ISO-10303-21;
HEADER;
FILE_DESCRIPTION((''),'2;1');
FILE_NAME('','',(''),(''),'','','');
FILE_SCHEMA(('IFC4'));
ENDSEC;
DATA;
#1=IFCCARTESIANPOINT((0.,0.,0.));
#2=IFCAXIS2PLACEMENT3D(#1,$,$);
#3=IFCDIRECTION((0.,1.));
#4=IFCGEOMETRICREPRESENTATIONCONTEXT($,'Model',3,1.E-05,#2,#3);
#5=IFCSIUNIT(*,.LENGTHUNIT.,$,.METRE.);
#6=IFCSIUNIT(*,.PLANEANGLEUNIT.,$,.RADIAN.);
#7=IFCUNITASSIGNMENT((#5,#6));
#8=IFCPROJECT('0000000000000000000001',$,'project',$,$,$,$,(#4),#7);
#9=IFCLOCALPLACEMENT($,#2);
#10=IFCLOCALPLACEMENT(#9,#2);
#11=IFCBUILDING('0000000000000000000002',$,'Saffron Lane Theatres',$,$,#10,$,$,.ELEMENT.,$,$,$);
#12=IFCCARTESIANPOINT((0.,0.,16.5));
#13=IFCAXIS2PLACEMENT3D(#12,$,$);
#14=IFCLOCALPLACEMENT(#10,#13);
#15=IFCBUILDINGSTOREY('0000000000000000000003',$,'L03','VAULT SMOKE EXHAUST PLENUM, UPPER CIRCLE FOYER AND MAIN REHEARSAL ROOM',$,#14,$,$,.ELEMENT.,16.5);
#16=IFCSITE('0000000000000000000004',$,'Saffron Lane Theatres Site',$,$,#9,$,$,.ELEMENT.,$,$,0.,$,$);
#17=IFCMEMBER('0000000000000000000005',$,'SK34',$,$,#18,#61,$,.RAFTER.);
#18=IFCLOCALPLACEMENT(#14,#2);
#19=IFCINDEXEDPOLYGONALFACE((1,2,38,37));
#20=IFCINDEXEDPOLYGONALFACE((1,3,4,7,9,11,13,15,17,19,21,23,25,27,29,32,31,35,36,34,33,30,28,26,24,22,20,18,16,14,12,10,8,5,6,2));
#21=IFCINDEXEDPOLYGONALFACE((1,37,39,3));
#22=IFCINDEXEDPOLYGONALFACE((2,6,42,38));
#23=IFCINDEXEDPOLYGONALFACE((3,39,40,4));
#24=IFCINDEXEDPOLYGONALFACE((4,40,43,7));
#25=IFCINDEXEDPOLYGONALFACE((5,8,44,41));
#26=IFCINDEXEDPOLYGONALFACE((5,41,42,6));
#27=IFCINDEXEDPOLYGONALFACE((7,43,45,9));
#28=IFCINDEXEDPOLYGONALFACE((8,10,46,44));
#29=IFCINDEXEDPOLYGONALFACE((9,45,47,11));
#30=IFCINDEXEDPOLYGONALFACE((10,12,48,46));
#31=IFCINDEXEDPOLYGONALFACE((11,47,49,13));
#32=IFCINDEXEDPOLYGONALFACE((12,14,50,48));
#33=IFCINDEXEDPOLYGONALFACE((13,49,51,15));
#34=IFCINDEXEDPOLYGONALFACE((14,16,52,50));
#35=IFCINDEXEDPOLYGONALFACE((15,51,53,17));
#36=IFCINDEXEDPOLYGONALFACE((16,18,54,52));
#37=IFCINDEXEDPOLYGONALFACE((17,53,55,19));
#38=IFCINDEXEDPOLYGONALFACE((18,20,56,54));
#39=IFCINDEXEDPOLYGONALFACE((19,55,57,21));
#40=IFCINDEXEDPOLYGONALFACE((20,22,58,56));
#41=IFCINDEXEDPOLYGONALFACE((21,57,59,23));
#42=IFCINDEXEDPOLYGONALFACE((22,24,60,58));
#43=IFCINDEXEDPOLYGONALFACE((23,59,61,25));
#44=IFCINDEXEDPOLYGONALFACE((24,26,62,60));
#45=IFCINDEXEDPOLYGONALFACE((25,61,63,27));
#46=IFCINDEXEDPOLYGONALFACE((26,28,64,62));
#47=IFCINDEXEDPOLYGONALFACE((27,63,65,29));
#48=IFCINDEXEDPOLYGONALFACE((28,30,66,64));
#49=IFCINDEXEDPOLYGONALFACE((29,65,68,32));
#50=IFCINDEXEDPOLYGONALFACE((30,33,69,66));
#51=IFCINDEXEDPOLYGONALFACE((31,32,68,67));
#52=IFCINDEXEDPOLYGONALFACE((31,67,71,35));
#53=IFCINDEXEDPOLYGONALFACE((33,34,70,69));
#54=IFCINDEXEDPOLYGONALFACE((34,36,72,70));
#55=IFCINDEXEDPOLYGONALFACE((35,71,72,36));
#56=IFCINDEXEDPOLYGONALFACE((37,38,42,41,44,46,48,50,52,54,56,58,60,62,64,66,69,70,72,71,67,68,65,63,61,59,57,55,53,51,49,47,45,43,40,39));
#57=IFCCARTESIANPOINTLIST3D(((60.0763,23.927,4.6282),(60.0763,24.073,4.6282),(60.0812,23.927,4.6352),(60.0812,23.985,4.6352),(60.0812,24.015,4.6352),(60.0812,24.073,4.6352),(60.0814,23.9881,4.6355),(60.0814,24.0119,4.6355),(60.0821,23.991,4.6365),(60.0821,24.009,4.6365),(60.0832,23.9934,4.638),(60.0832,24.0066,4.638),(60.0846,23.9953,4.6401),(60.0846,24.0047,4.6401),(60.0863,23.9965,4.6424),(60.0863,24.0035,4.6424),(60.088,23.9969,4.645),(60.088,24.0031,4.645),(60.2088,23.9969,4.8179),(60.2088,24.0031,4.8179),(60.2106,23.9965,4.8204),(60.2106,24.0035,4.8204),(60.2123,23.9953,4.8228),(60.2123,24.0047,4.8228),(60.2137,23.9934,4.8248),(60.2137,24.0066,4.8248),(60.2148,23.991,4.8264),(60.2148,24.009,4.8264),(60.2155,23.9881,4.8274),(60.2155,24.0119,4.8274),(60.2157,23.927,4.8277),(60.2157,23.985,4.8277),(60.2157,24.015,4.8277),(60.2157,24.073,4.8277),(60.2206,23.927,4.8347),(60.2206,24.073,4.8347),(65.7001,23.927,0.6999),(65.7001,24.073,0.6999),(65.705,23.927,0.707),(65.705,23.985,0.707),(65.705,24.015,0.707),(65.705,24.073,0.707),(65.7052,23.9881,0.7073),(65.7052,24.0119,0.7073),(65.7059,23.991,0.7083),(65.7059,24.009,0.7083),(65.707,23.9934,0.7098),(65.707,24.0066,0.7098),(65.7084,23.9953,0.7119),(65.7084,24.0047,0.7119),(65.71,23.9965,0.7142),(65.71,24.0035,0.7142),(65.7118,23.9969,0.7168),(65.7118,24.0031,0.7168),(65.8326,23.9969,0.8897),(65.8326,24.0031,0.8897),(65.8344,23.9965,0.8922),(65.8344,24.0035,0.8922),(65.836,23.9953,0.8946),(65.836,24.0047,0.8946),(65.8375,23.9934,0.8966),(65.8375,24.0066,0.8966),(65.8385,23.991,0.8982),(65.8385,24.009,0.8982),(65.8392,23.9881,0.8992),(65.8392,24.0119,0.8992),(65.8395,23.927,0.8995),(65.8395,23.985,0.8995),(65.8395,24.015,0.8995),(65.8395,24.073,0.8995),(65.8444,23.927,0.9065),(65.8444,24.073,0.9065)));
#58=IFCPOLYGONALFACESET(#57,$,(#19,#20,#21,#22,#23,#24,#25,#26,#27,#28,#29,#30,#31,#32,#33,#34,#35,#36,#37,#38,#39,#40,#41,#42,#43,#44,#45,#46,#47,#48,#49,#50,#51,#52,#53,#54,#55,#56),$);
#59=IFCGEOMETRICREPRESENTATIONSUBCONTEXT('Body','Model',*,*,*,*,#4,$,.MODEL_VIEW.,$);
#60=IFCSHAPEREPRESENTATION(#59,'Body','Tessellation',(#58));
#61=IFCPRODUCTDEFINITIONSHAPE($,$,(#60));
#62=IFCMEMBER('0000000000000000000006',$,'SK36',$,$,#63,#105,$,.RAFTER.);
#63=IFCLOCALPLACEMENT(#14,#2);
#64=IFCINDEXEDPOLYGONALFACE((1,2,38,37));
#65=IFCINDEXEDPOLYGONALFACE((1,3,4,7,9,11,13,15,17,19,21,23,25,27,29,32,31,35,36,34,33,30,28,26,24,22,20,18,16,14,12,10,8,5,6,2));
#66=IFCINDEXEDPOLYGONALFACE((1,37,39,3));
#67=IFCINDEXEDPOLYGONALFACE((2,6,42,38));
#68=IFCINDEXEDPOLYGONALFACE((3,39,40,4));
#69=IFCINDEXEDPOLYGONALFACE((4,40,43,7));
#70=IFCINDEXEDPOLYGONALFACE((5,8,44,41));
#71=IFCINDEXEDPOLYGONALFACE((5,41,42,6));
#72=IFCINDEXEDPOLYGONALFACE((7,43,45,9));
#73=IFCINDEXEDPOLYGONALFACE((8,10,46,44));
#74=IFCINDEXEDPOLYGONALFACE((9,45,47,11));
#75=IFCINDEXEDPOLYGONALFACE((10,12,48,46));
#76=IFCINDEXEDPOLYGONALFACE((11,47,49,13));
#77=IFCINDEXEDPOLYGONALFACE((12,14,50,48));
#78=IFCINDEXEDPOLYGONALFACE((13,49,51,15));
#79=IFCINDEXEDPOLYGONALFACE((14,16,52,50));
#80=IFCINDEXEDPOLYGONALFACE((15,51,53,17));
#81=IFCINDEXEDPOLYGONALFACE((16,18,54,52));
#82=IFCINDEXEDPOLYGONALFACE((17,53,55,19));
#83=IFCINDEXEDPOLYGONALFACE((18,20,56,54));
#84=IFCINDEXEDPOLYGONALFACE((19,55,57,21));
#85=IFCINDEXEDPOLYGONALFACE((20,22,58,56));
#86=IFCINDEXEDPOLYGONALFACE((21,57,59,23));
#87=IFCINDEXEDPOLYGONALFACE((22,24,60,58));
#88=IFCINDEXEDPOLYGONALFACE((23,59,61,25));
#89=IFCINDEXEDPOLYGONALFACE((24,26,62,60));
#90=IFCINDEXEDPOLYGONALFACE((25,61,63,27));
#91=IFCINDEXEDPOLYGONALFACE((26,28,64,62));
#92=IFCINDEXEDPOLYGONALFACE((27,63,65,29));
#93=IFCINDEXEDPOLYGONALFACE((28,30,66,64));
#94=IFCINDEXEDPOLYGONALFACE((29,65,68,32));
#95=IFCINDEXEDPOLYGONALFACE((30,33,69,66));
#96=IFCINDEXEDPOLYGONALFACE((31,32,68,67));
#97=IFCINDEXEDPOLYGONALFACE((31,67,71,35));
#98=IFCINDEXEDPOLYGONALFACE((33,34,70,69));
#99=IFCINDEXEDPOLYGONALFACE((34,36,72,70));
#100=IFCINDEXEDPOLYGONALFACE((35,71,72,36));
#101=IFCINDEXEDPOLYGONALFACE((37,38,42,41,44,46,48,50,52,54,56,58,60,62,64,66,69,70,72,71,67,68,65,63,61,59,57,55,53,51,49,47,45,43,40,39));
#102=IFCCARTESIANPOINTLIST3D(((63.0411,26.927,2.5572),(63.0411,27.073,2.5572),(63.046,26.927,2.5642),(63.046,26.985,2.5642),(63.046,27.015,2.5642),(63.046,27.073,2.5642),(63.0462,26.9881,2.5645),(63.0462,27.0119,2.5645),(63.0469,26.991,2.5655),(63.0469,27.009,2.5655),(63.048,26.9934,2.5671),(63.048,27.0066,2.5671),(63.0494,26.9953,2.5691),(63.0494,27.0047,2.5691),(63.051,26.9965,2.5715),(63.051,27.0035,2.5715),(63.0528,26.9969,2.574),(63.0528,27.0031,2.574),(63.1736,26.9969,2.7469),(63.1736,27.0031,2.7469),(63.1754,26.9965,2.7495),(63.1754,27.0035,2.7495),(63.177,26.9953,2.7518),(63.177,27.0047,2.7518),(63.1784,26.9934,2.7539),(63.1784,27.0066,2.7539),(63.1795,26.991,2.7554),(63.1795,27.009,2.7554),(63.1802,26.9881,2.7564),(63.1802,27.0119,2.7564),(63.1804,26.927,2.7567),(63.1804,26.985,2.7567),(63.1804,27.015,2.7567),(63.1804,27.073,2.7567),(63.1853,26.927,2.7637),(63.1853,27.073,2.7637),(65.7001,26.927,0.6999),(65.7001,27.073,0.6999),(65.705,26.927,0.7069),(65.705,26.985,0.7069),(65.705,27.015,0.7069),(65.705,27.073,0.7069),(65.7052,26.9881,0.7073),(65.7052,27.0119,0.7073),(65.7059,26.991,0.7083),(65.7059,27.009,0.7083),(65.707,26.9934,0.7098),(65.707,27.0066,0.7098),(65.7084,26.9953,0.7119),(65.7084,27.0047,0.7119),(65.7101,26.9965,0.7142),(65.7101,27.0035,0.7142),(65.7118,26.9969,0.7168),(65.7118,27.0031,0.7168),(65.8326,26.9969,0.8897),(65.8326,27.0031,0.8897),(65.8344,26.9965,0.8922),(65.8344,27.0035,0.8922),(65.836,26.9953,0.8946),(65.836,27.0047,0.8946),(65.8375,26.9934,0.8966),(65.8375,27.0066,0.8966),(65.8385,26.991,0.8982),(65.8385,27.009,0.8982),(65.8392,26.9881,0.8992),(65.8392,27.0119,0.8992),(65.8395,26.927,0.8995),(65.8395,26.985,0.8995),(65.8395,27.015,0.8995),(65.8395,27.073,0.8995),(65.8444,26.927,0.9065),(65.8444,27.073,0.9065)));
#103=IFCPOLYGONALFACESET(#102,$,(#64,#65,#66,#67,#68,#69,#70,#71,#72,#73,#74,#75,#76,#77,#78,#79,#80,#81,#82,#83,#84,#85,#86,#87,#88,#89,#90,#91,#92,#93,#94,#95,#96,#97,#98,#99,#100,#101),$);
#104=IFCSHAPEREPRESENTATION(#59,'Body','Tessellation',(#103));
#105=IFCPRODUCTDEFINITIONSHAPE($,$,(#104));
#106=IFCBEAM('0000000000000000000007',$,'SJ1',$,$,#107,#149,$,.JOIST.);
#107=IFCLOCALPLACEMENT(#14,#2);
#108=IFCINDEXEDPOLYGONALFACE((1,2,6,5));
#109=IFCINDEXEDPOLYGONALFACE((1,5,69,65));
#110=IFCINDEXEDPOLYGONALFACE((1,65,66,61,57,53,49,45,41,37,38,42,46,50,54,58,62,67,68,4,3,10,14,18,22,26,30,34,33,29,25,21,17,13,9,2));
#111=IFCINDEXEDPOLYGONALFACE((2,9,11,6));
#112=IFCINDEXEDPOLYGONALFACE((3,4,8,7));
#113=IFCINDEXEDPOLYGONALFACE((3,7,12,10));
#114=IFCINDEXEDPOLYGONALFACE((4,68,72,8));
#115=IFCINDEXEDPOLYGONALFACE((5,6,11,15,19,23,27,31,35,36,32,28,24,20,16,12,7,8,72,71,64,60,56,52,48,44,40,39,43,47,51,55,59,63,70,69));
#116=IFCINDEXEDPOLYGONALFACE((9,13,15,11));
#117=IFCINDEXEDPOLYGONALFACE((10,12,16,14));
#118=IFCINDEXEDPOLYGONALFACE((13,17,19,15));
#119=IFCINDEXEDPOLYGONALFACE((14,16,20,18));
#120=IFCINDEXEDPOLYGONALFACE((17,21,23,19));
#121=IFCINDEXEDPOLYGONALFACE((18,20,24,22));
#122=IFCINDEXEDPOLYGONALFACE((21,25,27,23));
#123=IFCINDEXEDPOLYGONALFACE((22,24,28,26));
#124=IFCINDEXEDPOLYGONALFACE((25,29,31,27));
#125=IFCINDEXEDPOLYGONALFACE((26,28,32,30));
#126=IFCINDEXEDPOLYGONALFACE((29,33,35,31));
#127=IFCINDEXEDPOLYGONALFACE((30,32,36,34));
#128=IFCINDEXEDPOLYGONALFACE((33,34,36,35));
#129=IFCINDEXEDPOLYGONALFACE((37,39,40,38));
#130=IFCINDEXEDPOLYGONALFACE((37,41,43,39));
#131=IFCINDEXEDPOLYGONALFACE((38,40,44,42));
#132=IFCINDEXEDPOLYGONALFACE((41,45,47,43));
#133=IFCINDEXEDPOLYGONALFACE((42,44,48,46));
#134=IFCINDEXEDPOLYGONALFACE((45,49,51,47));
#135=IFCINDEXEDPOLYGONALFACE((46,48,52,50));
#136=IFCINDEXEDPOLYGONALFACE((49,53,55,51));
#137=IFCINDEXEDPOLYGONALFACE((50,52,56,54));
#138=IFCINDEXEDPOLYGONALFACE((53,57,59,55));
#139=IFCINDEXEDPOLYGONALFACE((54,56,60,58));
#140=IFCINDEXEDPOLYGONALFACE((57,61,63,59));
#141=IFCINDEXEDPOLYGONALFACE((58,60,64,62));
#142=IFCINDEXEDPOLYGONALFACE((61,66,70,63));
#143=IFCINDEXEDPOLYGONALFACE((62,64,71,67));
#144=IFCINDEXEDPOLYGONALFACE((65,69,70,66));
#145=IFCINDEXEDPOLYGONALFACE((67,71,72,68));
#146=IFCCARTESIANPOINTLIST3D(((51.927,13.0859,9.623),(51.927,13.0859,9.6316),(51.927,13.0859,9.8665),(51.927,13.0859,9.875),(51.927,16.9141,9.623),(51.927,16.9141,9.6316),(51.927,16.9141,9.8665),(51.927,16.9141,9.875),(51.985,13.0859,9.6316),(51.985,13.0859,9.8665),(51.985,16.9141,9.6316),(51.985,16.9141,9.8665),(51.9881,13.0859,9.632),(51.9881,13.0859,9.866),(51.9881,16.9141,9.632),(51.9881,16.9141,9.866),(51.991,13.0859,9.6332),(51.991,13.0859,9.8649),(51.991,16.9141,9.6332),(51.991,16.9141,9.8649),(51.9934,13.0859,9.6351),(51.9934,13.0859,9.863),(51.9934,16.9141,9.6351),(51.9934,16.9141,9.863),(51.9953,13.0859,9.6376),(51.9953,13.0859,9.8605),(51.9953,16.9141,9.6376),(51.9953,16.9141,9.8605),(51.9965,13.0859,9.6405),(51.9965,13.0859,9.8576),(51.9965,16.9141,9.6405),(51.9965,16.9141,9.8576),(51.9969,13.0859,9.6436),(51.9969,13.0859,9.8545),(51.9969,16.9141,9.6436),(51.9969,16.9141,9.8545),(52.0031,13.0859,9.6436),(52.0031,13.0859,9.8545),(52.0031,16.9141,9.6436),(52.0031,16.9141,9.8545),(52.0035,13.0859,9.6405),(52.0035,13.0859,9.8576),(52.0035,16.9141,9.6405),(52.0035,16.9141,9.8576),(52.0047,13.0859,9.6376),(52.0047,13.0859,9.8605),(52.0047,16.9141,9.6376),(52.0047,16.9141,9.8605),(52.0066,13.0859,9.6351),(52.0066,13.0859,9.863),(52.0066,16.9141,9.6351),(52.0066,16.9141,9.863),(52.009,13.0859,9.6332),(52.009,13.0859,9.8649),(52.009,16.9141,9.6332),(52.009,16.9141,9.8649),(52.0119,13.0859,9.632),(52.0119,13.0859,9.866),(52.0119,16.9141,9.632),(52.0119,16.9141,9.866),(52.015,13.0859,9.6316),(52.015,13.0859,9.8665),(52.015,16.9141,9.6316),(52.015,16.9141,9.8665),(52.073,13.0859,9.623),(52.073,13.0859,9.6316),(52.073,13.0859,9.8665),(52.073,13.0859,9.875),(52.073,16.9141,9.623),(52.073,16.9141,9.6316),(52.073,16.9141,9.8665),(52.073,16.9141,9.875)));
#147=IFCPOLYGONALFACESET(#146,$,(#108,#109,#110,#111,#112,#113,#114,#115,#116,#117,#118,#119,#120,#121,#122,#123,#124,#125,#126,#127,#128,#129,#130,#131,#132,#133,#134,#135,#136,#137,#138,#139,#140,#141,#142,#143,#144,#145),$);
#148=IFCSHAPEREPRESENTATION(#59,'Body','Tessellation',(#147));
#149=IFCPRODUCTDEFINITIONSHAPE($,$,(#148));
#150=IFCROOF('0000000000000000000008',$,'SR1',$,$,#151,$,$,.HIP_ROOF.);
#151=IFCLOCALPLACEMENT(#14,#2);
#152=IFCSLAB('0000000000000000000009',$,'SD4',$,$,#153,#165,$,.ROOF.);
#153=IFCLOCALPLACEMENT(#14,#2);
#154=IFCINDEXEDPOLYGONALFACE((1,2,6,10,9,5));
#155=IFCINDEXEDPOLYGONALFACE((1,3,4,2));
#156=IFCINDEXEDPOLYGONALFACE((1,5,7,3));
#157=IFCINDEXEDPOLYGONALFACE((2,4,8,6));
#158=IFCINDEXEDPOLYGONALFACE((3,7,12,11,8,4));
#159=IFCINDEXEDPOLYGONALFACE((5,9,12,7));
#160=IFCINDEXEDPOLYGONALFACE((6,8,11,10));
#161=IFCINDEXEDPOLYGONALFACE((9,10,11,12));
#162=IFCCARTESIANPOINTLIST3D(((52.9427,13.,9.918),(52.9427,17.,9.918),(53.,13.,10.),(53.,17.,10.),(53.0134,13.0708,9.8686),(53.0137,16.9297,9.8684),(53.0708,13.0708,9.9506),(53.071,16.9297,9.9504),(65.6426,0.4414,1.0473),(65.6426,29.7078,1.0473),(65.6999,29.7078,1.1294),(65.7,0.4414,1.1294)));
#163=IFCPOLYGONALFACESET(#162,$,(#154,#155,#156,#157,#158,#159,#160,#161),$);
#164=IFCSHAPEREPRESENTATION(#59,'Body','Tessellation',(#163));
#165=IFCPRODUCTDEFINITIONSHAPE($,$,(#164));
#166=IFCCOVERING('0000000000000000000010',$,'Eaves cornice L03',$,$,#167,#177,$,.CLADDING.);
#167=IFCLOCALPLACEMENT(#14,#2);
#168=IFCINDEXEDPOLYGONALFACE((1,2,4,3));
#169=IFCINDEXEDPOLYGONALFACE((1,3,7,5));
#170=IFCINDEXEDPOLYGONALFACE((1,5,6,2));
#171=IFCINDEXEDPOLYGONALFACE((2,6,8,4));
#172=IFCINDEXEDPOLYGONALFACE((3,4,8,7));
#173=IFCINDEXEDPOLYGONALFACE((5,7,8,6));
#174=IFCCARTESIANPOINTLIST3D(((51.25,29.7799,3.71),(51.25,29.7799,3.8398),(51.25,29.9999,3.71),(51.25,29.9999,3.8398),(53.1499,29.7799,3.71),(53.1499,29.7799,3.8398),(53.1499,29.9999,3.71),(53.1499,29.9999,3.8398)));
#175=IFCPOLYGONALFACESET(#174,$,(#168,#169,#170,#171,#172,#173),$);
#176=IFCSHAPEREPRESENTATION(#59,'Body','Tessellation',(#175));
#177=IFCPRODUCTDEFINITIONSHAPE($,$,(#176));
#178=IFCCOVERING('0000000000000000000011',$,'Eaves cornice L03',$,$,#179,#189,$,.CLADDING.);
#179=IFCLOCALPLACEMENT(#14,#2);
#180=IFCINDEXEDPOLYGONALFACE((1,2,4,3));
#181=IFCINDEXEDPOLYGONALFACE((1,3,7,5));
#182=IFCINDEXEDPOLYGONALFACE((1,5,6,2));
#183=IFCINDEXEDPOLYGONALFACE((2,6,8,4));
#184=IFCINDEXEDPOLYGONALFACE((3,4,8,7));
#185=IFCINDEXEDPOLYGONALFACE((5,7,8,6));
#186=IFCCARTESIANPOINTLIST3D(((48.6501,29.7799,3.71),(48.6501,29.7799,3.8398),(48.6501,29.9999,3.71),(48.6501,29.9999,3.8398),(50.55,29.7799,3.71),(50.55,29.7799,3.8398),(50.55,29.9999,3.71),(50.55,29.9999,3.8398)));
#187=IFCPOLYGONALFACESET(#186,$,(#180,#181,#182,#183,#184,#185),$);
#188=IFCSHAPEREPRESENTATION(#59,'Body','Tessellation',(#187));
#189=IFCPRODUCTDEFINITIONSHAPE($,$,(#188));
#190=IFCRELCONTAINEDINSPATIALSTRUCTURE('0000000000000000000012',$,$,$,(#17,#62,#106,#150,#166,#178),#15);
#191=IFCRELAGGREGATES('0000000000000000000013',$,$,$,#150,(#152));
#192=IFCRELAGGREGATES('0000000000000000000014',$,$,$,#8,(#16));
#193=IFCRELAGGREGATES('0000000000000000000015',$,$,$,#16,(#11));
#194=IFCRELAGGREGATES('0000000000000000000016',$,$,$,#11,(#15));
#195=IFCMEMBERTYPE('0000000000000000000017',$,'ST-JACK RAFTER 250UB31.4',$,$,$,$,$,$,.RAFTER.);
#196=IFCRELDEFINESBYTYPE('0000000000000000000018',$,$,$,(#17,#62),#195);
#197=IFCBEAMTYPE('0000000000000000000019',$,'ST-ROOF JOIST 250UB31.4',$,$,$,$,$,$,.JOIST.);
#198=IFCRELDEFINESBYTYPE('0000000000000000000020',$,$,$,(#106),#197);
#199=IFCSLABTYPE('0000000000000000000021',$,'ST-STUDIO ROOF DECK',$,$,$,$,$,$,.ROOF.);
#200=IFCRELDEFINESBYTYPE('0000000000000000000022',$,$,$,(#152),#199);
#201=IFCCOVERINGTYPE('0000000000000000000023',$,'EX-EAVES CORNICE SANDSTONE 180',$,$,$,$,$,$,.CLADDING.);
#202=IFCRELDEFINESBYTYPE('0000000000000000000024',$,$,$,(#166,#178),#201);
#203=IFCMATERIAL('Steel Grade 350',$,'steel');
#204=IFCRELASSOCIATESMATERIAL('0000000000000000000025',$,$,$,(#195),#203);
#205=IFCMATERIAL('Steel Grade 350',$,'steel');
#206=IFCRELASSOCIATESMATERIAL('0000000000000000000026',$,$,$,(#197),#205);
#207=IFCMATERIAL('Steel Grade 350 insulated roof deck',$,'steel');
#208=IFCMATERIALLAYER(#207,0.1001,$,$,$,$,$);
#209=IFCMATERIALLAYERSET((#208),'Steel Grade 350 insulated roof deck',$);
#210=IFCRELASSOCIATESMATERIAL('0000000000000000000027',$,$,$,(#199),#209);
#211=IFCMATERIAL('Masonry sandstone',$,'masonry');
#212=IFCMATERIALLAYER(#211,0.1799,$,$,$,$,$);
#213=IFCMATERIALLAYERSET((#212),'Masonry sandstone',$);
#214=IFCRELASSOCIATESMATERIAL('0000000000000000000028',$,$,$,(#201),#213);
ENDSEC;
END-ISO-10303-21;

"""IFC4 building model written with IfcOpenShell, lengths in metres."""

from ifc_helpers import new_model, si_unit, direction, frame, origin, origin_2d, place, context, subcontext, project, spatial, polyline, rectangle, i_section, outline, extrude, material, layer, layer_set, material_profile, profile_set, type_object, element, aggregate, save


model = new_model("IFC4")

# Units and contexts
model_context = context("Model", 3, precision=1e-05, world=origin(), true_north=direction((0.0, 1.0)))
body_context = subcontext(model_context, "Body", "Model", "MODEL_VIEW")
ifc_project = project(units=[si_unit("LENGTHUNIT", "METRE"), si_unit("PLANEANGLEUNIT", "RADIAN")], contexts=[model_context])

# Site, building, storey
site_placement = place(None, origin())
site = spatial("IfcSite", under=ifc_project, at=site_placement, Name="Saffron Lane Theatres Site", CompositionType="ELEMENT", RefElevation=0.0)
building_placement = place(site_placement, origin())
building = spatial("IfcBuilding", under=site, at=building_placement, Name="Saffron Lane Theatres", CompositionType="ELEMENT")
storey_placement = place(building_placement, frame((0.0, 0.0, 16.5)))
storey = spatial("IfcBuildingStorey", under=building, at=storey_placement, Name="L03", Description="VAULT SMOKE EXHAUST PLENUM, UPPER CIRCLE FOYER AND MAIN REHEARSAL ROOM", CompositionType="ELEMENT", Elevation=16.5)

# Members
ifc_material_1 = material(Name="Steel Grade 350", Category="steel")
ifc_material_profile_1 = material_profile(ifc_material_1, i_section(OverallWidth=0.146, OverallDepth=0.252, WebThickness=0.0061, FlangeThickness=0.0085, FilletRadius=0.012, at=origin_2d()))
ifc_profile_set_1 = profile_set([ifc_material_profile_1], Name="Steel Grade 350")
member_type_1 = type_object("IfcMemberType", Name="ST-JACK RAFTER 250UB31.4", PredefinedType="RAFTER", material=ifc_profile_set_1)
member_1_placement = place(storey_placement, frame((65.7722, 24.0, 0.8032), z_axis=(-0.819808, 0.0, 0.572638), x_axis=(0.0, -1.0, 0.0)))
element("IfcMember", 1, at=member_1_placement, inside=storey, type_object=member_type_1, Name="SK34", PredefinedType="RAFTER", context=body_context, shape_type="SweptSolid", body=[
    extrude(i_section(OverallWidth=0.146, OverallDepth=0.252, WebThickness=0.0061, FlangeThickness=0.0085, FilletRadius=0.012, at=origin_2d()), origin(), (0.0, 0.0, 1.0), 6.8599),
])
member_2_placement = place(storey_placement, frame((65.7722, 27.0, 0.8032), z_axis=(-0.819822, 0.0, 0.572618), x_axis=(0.0, -1.0, 0.0)))
element("IfcMember", 2, at=member_2_placement, inside=storey, type_object=member_type_1, Name="SK36", PredefinedType="RAFTER", context=body_context, shape_type="SweptSolid", body=[
    extrude(i_section(OverallWidth=0.146, OverallDepth=0.252, WebThickness=0.0061, FlangeThickness=0.0085, FilletRadius=0.012, at=origin_2d()), origin(), (0.0, 0.0, 1.0), 3.2434),
])

# Beam
ifc_material_2 = material(Name="Steel Grade 350", Category="steel")
ifc_material_profile_2 = material_profile(ifc_material_2, i_section(OverallWidth=0.146, OverallDepth=0.252, WebThickness=0.0061, FlangeThickness=0.0085, FilletRadius=0.012, at=origin_2d()))
ifc_profile_set_2 = profile_set([ifc_material_profile_2], Name="Steel Grade 350")
beam_type_1 = type_object("IfcBeamType", Name="ST-ROOF JOIST 250UB31.4", PredefinedType="JOIST", material=ifc_profile_set_2)
beam_1_placement = place(storey_placement, frame((52.0, 13.0859, 9.749), z_axis=(0.0, 1.0, 0.0), x_axis=(-1.0, 0.0, 0.0)))
element("IfcBeam", 3, at=beam_1_placement, inside=storey, type_object=beam_type_1, Name="SJ1", PredefinedType="JOIST", context=body_context, shape_type="SweptSolid", body=[
    extrude(i_section(OverallWidth=0.146, OverallDepth=0.252, WebThickness=0.0061, FlangeThickness=0.0085, FilletRadius=0.012, at=origin_2d()), origin(), (0.0, 0.0, 1.0), 3.8281),
])

# Roof, slab
roof_placement = place(storey_placement, origin())
roof = element("IfcRoof", 4, at=roof_placement, inside=storey, Name="SR1", PredefinedType="HIP_ROOF")
ifc_material_3 = material(Name="Steel Grade 350 insulated roof deck", Category="steel")
ifc_layer_1 = layer(ifc_material_3, 0.1001)
ifc_layer_set_1 = layer_set([ifc_layer_1], Name="Steel Grade 350 insulated roof deck")
slab_type = type_object("IfcSlabType", Name="ST-STUDIO ROOF DECK", PredefinedType="ROOF", material=ifc_layer_set_1)
slab_placement = place(storey_placement, frame((65.7, 0.4414, 1.1294), z_axis=(0.572627, 0.000002, 0.819816), x_axis=(-0.633991, 0.634001, 0.44283)))
slab = element("IfcSlab", 5, at=slab_placement, type_object=slab_type, Name="SD4", PredefinedType="ROOF", context=body_context, shape_type="SweptSolid", body=[
    extrude(outline(polyline([(0.0, 0.0), (19.9201, 0.0), (19.942, 0.1095), (22.478, -2.9839), (22.3664, -2.9844), (18.5549, -22.6326), (0.0, 0.0)])), origin(), (0.0, 0.0, -1.0), 0.1001),
])
aggregate(roof, [slab])

# Coverings
ifc_material_4 = material(Name="Masonry sandstone", Category="masonry")
ifc_layer_2 = layer(ifc_material_4, 0.1799)
ifc_layer_set_2 = layer_set([ifc_layer_2], Name="Masonry sandstone")
covering_type_1 = type_object("IfcCoveringType", Name="EX-EAVES CORNICE SANDSTONE 180", PredefinedType="CLADDING", material=ifc_layer_set_2)
for number, where, z_axis, x_axis, name in (
    (6, (52.2, 29.8899, 3.71), (0.0, 0.0, 1.0), (-1.0, 0.0, 0.0), "Eaves cornice L03"),
    (7, (49.6001, 29.8899, 3.71), (0.0, 0.0, 1.0), (-1.0, 0.0, 0.0), "Eaves cornice L03"),
):
    element("IfcCovering", number, at=place(storey_placement, frame(where, z_axis=z_axis, x_axis=x_axis)), inside=storey, type_object=covering_type_1, Name=name, PredefinedType="CLADDING", context=body_context, shape_type="SweptSolid", body=[
        extrude(rectangle(XDim=1.8999, YDim=0.22, at=origin_2d()), origin(), (0.0, 0.0, 1.0), 0.1299),
    ])

save(model, "model.ifc")
